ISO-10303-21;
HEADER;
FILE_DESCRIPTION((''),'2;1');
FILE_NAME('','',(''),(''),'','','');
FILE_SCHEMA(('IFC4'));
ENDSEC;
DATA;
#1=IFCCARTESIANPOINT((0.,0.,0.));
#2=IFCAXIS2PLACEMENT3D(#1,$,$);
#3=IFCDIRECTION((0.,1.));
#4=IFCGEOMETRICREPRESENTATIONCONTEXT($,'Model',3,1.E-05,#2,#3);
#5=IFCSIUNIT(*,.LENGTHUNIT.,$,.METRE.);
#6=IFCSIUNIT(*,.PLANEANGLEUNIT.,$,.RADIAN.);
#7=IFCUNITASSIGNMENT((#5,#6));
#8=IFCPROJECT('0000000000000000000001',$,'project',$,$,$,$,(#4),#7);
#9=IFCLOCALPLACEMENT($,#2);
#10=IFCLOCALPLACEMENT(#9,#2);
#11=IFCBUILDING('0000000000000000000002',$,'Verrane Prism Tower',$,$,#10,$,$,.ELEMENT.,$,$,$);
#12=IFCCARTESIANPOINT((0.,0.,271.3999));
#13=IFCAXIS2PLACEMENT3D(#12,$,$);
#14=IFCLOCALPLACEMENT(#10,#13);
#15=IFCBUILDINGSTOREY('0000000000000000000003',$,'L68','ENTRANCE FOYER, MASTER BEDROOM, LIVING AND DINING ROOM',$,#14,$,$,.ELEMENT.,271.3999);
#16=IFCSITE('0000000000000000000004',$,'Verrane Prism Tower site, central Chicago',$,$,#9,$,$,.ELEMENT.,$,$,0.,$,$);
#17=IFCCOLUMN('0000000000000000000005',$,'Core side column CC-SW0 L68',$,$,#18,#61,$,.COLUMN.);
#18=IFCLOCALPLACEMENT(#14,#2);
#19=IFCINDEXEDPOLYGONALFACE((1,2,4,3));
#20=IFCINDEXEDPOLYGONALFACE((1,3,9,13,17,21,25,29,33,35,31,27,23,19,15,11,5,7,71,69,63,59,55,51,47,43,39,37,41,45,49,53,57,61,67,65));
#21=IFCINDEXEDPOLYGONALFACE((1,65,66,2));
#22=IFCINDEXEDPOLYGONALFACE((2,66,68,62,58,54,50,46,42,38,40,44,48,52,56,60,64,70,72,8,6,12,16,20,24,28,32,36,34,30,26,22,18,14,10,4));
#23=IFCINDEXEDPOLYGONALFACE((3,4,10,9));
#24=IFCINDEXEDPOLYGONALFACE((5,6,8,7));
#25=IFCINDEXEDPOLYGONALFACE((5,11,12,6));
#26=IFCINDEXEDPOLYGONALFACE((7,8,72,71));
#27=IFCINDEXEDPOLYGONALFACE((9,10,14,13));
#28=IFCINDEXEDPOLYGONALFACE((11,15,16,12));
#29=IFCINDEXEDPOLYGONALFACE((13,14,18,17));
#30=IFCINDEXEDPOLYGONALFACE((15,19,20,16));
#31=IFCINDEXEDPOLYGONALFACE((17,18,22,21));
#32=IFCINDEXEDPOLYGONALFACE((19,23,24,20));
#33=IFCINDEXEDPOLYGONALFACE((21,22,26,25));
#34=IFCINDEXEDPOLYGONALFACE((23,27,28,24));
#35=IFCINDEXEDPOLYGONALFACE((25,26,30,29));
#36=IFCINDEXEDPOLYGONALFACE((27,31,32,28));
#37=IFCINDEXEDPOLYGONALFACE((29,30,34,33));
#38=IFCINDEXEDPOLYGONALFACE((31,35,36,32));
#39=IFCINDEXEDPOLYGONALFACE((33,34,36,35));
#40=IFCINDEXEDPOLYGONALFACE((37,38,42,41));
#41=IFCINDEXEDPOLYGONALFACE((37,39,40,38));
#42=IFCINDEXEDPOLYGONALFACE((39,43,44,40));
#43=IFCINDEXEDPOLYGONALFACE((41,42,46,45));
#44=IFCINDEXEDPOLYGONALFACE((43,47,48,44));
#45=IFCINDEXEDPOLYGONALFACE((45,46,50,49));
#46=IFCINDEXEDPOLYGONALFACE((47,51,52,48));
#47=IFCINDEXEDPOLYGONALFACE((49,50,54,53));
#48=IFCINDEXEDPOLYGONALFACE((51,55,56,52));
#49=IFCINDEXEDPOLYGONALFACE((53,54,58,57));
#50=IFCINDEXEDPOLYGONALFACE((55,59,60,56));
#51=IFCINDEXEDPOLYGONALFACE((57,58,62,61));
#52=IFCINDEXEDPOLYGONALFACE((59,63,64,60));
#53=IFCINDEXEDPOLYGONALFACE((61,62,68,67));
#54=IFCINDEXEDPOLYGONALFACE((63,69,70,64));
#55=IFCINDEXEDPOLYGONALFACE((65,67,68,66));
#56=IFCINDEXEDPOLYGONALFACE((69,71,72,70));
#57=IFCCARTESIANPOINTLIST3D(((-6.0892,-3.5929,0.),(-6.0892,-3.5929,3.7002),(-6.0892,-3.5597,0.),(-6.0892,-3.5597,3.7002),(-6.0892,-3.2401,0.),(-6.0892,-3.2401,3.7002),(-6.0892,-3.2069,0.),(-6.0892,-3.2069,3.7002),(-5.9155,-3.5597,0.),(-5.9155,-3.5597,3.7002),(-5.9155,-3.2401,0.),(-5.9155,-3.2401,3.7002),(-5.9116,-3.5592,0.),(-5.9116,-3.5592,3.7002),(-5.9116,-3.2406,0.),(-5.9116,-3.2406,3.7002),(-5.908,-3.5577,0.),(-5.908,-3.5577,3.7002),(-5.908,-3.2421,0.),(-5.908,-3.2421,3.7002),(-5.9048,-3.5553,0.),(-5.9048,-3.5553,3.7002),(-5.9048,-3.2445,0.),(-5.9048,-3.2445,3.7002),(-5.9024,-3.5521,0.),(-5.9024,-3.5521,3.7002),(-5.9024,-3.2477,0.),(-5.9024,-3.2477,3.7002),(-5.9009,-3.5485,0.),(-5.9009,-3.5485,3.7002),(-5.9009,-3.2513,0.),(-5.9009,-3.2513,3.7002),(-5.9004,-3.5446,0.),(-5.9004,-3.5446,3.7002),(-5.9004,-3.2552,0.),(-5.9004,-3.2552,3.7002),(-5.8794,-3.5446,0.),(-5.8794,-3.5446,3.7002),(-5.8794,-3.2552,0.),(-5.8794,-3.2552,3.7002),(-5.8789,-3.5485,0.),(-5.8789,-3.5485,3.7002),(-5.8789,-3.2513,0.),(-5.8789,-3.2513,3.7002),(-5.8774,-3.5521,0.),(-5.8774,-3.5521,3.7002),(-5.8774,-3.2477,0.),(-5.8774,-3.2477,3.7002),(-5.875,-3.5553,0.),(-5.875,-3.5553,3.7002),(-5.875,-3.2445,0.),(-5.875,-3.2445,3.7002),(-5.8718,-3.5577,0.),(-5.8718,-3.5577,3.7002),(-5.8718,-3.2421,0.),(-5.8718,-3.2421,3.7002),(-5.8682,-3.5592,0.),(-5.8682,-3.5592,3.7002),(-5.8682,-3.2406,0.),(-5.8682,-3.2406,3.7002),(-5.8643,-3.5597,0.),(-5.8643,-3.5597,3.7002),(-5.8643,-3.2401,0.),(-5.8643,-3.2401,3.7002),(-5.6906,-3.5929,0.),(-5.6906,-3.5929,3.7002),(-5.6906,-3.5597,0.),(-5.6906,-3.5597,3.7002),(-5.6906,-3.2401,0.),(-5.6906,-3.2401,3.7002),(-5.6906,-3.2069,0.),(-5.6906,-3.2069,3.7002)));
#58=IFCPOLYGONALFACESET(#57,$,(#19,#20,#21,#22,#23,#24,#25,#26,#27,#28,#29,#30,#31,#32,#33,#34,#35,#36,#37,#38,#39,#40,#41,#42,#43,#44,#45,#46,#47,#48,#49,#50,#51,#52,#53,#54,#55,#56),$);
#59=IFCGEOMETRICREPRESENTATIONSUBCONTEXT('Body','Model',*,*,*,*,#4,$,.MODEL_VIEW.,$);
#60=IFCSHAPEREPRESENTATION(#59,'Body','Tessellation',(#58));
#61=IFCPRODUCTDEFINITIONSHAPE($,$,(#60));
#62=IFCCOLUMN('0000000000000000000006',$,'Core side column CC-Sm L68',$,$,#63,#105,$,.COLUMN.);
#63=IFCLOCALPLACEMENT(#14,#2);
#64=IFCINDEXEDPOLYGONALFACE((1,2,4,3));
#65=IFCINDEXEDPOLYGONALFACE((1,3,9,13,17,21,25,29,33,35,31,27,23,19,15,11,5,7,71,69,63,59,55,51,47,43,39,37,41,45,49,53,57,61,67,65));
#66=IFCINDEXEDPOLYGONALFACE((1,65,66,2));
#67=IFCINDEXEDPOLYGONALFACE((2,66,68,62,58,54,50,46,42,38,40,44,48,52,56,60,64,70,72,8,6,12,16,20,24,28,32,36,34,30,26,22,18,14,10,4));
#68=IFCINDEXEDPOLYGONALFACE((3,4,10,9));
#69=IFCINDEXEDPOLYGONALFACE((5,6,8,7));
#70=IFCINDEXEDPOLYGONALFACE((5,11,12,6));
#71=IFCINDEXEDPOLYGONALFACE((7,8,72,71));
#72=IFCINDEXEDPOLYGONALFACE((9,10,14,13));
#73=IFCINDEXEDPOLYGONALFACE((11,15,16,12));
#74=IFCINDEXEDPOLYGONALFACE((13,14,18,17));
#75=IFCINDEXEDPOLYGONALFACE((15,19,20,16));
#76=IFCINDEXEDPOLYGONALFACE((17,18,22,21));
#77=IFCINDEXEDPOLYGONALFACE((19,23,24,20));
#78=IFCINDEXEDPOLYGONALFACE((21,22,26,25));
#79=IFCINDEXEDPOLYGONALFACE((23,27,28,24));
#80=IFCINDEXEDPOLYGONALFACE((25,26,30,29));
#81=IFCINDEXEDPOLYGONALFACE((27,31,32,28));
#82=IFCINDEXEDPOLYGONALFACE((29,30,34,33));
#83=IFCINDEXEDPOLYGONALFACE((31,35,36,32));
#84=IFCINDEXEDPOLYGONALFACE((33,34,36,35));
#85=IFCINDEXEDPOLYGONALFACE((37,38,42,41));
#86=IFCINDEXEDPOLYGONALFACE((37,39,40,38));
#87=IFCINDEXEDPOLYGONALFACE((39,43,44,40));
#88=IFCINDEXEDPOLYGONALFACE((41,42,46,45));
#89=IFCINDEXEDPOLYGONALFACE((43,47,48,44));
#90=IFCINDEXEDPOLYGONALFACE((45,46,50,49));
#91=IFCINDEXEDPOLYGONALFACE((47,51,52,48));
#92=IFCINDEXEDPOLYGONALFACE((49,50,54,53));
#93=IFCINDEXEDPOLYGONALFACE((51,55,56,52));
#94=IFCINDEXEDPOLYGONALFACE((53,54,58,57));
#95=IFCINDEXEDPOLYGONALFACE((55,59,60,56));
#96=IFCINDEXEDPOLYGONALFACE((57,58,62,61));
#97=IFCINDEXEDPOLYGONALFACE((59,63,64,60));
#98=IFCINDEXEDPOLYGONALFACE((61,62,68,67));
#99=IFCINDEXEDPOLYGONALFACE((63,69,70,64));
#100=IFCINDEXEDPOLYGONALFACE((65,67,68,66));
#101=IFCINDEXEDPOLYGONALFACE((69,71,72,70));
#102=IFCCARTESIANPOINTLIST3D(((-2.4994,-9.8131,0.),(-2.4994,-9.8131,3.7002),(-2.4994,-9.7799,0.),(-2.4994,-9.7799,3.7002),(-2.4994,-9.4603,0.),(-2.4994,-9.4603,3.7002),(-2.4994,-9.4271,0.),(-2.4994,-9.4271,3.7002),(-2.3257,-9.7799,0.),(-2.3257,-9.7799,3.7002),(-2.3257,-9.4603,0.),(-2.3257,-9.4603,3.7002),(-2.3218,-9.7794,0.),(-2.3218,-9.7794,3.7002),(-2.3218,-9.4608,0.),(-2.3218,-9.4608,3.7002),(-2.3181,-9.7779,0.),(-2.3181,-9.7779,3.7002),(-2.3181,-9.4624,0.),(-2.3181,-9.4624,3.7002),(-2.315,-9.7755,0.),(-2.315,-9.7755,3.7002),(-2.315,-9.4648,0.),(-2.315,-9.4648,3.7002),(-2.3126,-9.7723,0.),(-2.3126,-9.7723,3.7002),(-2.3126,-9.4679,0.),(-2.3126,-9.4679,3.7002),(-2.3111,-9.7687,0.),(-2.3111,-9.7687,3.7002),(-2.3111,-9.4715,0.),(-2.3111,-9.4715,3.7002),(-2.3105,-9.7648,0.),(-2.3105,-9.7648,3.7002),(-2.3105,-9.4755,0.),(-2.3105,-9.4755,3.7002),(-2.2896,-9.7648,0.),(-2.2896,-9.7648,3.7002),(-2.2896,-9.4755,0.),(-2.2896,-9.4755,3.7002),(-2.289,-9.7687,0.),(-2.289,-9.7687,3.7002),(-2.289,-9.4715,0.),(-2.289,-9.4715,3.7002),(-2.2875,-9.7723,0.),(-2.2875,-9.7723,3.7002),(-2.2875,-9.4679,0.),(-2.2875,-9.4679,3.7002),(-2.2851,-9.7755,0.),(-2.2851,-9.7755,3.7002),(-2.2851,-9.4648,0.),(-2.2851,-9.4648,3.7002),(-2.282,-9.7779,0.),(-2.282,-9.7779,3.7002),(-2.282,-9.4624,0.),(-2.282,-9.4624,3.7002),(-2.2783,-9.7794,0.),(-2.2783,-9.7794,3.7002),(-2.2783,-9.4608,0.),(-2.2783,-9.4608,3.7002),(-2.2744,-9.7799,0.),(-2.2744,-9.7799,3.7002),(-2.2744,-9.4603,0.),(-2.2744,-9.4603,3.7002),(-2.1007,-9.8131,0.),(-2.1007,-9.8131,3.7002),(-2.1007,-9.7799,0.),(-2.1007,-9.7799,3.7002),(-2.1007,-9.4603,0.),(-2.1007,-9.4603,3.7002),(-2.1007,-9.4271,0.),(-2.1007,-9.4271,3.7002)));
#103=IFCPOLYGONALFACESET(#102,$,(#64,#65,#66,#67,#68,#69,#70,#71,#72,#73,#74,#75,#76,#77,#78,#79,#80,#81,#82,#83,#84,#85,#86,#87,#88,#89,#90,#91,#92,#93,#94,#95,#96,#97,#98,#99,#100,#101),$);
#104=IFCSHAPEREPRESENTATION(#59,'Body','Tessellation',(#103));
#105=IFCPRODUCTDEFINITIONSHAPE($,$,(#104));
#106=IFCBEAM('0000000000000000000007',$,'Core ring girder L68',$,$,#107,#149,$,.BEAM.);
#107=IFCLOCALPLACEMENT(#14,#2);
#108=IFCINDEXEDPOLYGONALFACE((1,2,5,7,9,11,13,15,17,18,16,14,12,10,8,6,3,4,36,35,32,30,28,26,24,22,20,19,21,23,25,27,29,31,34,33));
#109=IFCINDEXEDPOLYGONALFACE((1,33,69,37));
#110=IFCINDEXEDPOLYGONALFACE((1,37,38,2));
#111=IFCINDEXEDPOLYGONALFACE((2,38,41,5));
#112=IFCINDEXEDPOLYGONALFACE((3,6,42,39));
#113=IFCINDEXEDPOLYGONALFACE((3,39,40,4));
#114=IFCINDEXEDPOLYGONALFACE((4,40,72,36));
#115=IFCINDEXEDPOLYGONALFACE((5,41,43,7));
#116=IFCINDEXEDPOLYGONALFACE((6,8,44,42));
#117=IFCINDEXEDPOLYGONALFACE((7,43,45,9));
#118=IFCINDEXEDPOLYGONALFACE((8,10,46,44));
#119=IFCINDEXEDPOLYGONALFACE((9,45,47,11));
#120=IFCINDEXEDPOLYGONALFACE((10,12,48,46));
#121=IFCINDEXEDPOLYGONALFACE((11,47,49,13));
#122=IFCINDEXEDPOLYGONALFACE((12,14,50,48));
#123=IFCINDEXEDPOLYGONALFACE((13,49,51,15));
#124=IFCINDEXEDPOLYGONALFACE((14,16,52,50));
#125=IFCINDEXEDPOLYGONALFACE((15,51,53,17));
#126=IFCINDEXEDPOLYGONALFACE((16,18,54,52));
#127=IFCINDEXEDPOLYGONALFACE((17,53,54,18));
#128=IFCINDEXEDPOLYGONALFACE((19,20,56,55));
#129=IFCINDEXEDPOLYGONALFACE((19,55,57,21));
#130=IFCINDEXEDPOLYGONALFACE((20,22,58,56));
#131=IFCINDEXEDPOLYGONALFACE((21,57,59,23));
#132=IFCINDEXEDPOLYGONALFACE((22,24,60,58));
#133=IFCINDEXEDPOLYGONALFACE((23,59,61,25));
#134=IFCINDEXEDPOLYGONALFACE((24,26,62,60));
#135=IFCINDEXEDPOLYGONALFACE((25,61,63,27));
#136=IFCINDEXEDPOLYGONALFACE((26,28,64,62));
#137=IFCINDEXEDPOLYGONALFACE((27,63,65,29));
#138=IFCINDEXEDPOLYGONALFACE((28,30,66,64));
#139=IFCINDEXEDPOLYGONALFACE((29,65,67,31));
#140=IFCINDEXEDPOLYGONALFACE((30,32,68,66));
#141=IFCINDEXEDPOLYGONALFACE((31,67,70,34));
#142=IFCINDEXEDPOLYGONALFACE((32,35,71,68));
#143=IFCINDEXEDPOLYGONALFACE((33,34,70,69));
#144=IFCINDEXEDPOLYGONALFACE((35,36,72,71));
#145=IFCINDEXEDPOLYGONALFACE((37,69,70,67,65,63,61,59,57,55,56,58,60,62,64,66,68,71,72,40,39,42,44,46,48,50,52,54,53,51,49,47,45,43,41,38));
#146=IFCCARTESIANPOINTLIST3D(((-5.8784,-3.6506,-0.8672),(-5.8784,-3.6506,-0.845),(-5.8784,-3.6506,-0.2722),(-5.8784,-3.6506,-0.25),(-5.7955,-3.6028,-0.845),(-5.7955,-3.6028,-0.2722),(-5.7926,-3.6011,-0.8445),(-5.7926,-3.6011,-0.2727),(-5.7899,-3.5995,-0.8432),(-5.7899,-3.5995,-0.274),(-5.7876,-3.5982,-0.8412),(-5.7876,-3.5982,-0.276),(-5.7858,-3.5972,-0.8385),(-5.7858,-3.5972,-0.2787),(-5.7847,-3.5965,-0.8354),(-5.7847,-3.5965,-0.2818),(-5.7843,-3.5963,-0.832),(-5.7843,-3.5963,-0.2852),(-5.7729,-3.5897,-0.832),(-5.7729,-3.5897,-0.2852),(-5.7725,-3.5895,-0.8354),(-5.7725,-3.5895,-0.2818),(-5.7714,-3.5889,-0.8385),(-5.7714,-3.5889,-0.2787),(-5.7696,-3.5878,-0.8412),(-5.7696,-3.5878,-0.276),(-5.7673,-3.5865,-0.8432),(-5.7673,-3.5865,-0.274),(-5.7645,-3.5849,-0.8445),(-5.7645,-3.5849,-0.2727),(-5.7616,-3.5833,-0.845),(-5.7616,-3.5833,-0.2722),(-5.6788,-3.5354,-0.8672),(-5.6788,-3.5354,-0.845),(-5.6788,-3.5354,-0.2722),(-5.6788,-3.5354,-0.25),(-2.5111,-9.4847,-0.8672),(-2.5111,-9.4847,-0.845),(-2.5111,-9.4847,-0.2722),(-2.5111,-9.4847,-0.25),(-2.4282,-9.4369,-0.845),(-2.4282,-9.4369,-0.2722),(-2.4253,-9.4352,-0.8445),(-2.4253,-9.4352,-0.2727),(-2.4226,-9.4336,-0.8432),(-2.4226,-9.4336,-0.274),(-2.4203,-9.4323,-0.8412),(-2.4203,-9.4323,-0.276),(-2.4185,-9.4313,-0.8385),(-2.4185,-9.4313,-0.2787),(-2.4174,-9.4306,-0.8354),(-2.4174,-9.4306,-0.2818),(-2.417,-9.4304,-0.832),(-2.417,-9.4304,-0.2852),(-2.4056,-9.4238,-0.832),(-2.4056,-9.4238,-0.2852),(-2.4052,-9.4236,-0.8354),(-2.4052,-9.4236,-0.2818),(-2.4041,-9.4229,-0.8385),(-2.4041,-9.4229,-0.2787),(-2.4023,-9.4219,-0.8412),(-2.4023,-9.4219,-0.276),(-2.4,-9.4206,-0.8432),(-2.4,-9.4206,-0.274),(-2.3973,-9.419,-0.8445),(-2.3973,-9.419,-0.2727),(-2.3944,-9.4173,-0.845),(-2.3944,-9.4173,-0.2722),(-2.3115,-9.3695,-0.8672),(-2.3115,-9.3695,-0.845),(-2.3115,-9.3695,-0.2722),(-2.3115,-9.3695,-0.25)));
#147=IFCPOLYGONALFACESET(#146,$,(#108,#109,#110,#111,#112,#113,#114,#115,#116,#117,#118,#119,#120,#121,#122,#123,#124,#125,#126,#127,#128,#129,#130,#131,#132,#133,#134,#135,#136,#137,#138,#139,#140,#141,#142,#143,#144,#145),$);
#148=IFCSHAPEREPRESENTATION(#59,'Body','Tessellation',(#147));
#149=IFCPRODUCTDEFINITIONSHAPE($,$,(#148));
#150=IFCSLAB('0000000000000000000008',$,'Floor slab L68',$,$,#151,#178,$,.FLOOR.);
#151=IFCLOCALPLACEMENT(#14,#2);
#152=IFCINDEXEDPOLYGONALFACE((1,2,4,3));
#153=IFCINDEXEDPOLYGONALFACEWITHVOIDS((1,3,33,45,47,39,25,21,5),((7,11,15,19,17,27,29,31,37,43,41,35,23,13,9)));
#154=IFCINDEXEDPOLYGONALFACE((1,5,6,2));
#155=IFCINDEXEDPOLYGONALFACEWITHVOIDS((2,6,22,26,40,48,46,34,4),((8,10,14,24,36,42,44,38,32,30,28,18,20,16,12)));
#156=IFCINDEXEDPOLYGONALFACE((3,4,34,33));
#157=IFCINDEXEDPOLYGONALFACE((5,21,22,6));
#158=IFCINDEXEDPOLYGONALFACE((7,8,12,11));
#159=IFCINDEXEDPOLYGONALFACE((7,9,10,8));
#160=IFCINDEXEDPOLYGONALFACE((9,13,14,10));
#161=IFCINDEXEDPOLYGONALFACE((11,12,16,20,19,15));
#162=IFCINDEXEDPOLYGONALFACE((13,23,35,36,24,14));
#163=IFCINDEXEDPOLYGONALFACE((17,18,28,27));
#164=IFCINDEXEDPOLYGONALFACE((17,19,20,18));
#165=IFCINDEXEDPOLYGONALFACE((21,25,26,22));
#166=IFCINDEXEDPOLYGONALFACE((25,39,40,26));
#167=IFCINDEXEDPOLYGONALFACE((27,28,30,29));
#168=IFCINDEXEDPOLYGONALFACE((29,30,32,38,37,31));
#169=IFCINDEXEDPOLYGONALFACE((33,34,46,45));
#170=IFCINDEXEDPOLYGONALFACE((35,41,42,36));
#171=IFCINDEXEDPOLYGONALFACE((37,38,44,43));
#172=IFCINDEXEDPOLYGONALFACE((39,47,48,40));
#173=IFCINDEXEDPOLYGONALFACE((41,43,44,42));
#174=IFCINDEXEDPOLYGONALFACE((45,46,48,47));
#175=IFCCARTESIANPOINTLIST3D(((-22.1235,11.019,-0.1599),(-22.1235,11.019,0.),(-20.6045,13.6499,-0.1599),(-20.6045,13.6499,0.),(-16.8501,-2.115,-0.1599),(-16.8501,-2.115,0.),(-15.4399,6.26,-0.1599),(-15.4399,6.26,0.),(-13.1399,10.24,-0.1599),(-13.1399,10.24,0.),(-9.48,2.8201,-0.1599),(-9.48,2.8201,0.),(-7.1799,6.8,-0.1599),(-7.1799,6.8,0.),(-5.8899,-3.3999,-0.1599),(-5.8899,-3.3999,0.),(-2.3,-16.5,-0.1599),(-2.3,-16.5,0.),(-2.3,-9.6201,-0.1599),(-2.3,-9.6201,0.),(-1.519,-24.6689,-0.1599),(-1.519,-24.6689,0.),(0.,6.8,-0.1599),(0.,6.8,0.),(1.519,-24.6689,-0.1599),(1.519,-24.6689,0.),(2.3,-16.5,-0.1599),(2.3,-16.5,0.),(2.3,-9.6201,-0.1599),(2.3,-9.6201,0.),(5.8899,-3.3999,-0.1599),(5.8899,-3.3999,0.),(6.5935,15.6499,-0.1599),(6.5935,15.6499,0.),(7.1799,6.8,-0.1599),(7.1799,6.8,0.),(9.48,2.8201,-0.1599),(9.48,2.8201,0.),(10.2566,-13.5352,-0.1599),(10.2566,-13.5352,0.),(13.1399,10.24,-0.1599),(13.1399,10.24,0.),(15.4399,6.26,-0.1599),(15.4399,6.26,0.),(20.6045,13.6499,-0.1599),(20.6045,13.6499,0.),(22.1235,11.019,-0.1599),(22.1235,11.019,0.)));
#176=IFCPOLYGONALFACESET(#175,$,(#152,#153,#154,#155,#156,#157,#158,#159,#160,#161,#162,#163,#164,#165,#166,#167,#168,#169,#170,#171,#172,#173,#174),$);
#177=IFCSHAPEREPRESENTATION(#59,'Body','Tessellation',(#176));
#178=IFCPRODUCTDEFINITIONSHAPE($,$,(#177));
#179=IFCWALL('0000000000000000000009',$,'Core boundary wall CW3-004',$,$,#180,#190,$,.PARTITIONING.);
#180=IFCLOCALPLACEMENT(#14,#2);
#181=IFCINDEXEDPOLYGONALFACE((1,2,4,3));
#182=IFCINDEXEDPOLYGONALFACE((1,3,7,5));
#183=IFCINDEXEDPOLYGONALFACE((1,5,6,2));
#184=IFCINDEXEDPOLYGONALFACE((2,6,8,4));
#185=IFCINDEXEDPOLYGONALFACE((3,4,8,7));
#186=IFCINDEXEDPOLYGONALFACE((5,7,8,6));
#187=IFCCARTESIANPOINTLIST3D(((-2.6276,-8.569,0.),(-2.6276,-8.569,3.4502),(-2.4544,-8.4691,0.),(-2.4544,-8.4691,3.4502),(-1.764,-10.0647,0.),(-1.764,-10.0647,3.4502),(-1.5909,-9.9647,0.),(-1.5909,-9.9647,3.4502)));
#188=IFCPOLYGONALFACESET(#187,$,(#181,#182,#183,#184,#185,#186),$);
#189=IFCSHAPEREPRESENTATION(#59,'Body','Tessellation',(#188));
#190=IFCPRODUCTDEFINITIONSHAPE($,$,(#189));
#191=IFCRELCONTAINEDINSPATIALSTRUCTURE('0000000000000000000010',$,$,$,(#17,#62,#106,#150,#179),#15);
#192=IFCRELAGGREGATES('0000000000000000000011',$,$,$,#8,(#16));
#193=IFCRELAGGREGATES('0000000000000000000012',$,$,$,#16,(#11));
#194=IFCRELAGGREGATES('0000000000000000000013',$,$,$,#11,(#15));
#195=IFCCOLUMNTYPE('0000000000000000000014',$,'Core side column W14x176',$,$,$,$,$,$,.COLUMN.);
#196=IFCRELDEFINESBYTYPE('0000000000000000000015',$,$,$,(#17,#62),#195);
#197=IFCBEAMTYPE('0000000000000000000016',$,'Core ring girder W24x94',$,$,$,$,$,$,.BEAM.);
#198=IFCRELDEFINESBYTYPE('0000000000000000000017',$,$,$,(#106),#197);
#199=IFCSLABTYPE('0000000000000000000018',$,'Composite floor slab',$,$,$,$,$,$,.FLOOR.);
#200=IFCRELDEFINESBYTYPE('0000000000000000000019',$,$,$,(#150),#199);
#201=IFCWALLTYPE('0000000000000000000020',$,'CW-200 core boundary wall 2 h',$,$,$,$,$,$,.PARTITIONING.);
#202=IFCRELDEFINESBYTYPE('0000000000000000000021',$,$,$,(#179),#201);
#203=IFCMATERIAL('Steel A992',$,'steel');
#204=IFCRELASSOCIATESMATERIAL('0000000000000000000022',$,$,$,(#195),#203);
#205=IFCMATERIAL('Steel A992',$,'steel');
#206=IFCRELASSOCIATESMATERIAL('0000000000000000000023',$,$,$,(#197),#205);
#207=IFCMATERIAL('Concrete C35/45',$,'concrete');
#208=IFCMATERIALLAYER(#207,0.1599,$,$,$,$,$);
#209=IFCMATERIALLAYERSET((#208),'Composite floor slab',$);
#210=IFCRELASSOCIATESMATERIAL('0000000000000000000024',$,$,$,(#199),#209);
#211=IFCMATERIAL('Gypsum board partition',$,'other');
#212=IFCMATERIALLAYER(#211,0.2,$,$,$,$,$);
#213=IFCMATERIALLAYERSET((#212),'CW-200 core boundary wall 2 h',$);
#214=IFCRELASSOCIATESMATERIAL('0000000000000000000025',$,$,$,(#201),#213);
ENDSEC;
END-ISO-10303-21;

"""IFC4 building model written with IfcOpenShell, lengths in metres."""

from ifc_helpers import new_model, si_unit, direction, frame, frame_2d, origin, origin_2d, place, context, subcontext, project, spatial, polyline, rectangle, i_section, outline, extrude, material, layer, layer_set, material_profile, profile_set, type_object, element, save


model = new_model("IFC4")

# Units and contexts
model_context = context("Model", 3, precision=1e-05, world=origin(), true_north=direction((0.0, 1.0)))
body_context = subcontext(model_context, "Body", "Model", "MODEL_VIEW")
ifc_project = project(units=[si_unit("LENGTHUNIT", "METRE"), si_unit("PLANEANGLEUNIT", "RADIAN")], contexts=[model_context])

# Site, building, storey
site_placement = place(None, origin())
site = spatial("IfcSite", under=ifc_project, at=site_placement, Name="Verrane Prism Tower site, central Chicago", CompositionType="ELEMENT", RefElevation=0.0)
building_placement = place(site_placement, origin())
building = spatial("IfcBuilding", under=site, at=building_placement, Name="Verrane Prism Tower", CompositionType="ELEMENT")
storey_placement = place(building_placement, frame((0.0, 0.0, 271.3999)))
storey = spatial("IfcBuildingStorey", under=building, at=storey_placement, Name="L68", Description="ENTRANCE FOYER, MASTER BEDROOM, LIVING AND DINING ROOM", CompositionType="ELEMENT", Elevation=271.3999)

# Columns
ifc_material_1 = material(Name="Steel A992", Category="steel")
ifc_material_profile_1 = material_profile(ifc_material_1, i_section(OverallWidth=0.3987, OverallDepth=0.386, WebThickness=0.021, FlangeThickness=0.0332, FilletRadius=0.0151, at=origin_2d()), Name="W14x176")
ifc_profile_set_1 = profile_set([ifc_material_profile_1], Name="Steel A992")
column_type = type_object("IfcColumnType", Name="Core side column W14x176", PredefinedType="COLUMN", material=ifc_profile_set_1)
for number, where, z_axis, x_axis, name in (
    (1, (-5.8899, -3.3999, 0.0), (0.0, 0.0, 1.0), (1.0, 0.0, 0.0), "Core side column CC-SW0 L68"),
    (2, (-2.3, -9.6201, 0.0), (0.0, 0.0, 1.0), (1.0, 0.0, 0.0), "Core side column CC-Sm L68"),
):
    element("IfcColumn", number, at=place(storey_placement, frame(where, z_axis=z_axis, x_axis=x_axis)), inside=storey, type_object=column_type, Name=name, PredefinedType="COLUMN", context=body_context, shape_type="SweptSolid", body=[
        extrude(i_section(OverallWidth=0.3987, OverallDepth=0.386, WebThickness=0.021, FlangeThickness=0.0332, FilletRadius=0.0151, at=origin_2d()), origin(), (0.0, 0.0, 1.0), 3.7002),
    ])

# Beam
ifc_material_2 = material(Name="Steel A992", Category="steel")
ifc_material_profile_2 = material_profile(ifc_material_2, i_section(OverallWidth=0.2305, OverallDepth=0.6172, WebThickness=0.0132, FlangeThickness=0.0222, FilletRadius=0.0129, at=origin_2d()), Name="W24x94")
ifc_profile_set_2 = profile_set([ifc_material_profile_2], Name="Steel A992")
beam_type = type_object("IfcBeamType", Name="Core ring girder W24x94", PredefinedType="BEAM", material=ifc_profile_set_2)
beam_placement = place(storey_placement, frame((-5.7786, -3.593, -0.5586), z_axis=(0.499881, -0.866094, 0.0), x_axis=(0.866094, 0.499881, 0.0)))
element("IfcBeam", 3, at=beam_placement, inside=storey, type_object=beam_type, Name="Core ring girder L68", PredefinedType="BEAM", context=body_context, shape_type="SweptSolid", body=[
    extrude(i_section(OverallWidth=0.2305, OverallDepth=0.6172, WebThickness=0.0132, FlangeThickness=0.0222, FilletRadius=0.0129, at=origin_2d()), origin(), (0.0, 0.0, 1.0), 6.7361),
])

# Slab
ifc_material_3 = material(Name="Concrete C35/45", Category="concrete")
ifc_layer_1 = layer(ifc_material_3, 0.1599)
ifc_layer_set_1 = layer_set([ifc_layer_1], Name="Composite floor slab")
slab_type = type_object("IfcSlabType", Name="Composite floor slab", PredefinedType="FLOOR", material=ifc_layer_set_1)
slab_placement = place(storey_placement, frame((0.0, 0.0, -0.1599)))
element("IfcSlab", 4, at=slab_placement, inside=storey, type_object=slab_type, Name="Floor slab L68", PredefinedType="FLOOR", context=body_context, shape_type="SweptSolid", body=[
    extrude(outline(polyline([(10.2566, -13.5352), (1.519, -24.6689), (-1.519, -24.6689), (-16.8501, -2.115), (-22.1235, 11.019), (-20.6045, 13.6499), (6.5935, 15.6499), (20.6045, 13.6499), (22.1235, 11.019), (10.2566, -13.5352)]), holes=[polyline([(15.4399, 6.26), (13.1399, 10.24), (7.1799, 6.8), (0.0, 6.8), (-7.1799, 6.8), (-13.1399, 10.24), (-15.4399, 6.26), (-9.48, 2.8201), (-5.8899, -3.3999), (-2.3, -9.6201), (-2.3, -16.5), (2.3, -16.5), (2.3, -9.6201), (5.8899, -3.3999), (9.48, 2.8201), (15.4399, 6.26)])]), origin(), (0.0, 0.0, 1.0), 0.1599),
])

# Wall
ifc_material_4 = material(Name="Gypsum board partition", Category="other")
ifc_layer_2 = layer(ifc_material_4, 0.2)
ifc_layer_set_2 = layer_set([ifc_layer_2], Name="CW-200 core boundary wall 2 h")
wall_type_1 = type_object("IfcWallType", Name="CW-200 core boundary wall 2 h", PredefinedType="PARTITIONING", material=ifc_layer_set_2)
wall_1_placement = place(storey_placement, frame((-2.541, -8.519, 0.0), z_axis=(0.0, 0.0, 1.0), x_axis=(0.500016, -0.866016, 0.0)))
element("IfcWall", 5, at=wall_1_placement, inside=storey, type_object=wall_type_1, Name="Core boundary wall CW3-004", PredefinedType="PARTITIONING", context=body_context, shape_type="SweptSolid", body=[
    extrude(rectangle(XDim=1.7271, YDim=0.2, at=frame_2d((0.8635, 0.0))), origin(), (0.0, 0.0, 1.0), 3.4502),
])

save(model, "model.ifc")
